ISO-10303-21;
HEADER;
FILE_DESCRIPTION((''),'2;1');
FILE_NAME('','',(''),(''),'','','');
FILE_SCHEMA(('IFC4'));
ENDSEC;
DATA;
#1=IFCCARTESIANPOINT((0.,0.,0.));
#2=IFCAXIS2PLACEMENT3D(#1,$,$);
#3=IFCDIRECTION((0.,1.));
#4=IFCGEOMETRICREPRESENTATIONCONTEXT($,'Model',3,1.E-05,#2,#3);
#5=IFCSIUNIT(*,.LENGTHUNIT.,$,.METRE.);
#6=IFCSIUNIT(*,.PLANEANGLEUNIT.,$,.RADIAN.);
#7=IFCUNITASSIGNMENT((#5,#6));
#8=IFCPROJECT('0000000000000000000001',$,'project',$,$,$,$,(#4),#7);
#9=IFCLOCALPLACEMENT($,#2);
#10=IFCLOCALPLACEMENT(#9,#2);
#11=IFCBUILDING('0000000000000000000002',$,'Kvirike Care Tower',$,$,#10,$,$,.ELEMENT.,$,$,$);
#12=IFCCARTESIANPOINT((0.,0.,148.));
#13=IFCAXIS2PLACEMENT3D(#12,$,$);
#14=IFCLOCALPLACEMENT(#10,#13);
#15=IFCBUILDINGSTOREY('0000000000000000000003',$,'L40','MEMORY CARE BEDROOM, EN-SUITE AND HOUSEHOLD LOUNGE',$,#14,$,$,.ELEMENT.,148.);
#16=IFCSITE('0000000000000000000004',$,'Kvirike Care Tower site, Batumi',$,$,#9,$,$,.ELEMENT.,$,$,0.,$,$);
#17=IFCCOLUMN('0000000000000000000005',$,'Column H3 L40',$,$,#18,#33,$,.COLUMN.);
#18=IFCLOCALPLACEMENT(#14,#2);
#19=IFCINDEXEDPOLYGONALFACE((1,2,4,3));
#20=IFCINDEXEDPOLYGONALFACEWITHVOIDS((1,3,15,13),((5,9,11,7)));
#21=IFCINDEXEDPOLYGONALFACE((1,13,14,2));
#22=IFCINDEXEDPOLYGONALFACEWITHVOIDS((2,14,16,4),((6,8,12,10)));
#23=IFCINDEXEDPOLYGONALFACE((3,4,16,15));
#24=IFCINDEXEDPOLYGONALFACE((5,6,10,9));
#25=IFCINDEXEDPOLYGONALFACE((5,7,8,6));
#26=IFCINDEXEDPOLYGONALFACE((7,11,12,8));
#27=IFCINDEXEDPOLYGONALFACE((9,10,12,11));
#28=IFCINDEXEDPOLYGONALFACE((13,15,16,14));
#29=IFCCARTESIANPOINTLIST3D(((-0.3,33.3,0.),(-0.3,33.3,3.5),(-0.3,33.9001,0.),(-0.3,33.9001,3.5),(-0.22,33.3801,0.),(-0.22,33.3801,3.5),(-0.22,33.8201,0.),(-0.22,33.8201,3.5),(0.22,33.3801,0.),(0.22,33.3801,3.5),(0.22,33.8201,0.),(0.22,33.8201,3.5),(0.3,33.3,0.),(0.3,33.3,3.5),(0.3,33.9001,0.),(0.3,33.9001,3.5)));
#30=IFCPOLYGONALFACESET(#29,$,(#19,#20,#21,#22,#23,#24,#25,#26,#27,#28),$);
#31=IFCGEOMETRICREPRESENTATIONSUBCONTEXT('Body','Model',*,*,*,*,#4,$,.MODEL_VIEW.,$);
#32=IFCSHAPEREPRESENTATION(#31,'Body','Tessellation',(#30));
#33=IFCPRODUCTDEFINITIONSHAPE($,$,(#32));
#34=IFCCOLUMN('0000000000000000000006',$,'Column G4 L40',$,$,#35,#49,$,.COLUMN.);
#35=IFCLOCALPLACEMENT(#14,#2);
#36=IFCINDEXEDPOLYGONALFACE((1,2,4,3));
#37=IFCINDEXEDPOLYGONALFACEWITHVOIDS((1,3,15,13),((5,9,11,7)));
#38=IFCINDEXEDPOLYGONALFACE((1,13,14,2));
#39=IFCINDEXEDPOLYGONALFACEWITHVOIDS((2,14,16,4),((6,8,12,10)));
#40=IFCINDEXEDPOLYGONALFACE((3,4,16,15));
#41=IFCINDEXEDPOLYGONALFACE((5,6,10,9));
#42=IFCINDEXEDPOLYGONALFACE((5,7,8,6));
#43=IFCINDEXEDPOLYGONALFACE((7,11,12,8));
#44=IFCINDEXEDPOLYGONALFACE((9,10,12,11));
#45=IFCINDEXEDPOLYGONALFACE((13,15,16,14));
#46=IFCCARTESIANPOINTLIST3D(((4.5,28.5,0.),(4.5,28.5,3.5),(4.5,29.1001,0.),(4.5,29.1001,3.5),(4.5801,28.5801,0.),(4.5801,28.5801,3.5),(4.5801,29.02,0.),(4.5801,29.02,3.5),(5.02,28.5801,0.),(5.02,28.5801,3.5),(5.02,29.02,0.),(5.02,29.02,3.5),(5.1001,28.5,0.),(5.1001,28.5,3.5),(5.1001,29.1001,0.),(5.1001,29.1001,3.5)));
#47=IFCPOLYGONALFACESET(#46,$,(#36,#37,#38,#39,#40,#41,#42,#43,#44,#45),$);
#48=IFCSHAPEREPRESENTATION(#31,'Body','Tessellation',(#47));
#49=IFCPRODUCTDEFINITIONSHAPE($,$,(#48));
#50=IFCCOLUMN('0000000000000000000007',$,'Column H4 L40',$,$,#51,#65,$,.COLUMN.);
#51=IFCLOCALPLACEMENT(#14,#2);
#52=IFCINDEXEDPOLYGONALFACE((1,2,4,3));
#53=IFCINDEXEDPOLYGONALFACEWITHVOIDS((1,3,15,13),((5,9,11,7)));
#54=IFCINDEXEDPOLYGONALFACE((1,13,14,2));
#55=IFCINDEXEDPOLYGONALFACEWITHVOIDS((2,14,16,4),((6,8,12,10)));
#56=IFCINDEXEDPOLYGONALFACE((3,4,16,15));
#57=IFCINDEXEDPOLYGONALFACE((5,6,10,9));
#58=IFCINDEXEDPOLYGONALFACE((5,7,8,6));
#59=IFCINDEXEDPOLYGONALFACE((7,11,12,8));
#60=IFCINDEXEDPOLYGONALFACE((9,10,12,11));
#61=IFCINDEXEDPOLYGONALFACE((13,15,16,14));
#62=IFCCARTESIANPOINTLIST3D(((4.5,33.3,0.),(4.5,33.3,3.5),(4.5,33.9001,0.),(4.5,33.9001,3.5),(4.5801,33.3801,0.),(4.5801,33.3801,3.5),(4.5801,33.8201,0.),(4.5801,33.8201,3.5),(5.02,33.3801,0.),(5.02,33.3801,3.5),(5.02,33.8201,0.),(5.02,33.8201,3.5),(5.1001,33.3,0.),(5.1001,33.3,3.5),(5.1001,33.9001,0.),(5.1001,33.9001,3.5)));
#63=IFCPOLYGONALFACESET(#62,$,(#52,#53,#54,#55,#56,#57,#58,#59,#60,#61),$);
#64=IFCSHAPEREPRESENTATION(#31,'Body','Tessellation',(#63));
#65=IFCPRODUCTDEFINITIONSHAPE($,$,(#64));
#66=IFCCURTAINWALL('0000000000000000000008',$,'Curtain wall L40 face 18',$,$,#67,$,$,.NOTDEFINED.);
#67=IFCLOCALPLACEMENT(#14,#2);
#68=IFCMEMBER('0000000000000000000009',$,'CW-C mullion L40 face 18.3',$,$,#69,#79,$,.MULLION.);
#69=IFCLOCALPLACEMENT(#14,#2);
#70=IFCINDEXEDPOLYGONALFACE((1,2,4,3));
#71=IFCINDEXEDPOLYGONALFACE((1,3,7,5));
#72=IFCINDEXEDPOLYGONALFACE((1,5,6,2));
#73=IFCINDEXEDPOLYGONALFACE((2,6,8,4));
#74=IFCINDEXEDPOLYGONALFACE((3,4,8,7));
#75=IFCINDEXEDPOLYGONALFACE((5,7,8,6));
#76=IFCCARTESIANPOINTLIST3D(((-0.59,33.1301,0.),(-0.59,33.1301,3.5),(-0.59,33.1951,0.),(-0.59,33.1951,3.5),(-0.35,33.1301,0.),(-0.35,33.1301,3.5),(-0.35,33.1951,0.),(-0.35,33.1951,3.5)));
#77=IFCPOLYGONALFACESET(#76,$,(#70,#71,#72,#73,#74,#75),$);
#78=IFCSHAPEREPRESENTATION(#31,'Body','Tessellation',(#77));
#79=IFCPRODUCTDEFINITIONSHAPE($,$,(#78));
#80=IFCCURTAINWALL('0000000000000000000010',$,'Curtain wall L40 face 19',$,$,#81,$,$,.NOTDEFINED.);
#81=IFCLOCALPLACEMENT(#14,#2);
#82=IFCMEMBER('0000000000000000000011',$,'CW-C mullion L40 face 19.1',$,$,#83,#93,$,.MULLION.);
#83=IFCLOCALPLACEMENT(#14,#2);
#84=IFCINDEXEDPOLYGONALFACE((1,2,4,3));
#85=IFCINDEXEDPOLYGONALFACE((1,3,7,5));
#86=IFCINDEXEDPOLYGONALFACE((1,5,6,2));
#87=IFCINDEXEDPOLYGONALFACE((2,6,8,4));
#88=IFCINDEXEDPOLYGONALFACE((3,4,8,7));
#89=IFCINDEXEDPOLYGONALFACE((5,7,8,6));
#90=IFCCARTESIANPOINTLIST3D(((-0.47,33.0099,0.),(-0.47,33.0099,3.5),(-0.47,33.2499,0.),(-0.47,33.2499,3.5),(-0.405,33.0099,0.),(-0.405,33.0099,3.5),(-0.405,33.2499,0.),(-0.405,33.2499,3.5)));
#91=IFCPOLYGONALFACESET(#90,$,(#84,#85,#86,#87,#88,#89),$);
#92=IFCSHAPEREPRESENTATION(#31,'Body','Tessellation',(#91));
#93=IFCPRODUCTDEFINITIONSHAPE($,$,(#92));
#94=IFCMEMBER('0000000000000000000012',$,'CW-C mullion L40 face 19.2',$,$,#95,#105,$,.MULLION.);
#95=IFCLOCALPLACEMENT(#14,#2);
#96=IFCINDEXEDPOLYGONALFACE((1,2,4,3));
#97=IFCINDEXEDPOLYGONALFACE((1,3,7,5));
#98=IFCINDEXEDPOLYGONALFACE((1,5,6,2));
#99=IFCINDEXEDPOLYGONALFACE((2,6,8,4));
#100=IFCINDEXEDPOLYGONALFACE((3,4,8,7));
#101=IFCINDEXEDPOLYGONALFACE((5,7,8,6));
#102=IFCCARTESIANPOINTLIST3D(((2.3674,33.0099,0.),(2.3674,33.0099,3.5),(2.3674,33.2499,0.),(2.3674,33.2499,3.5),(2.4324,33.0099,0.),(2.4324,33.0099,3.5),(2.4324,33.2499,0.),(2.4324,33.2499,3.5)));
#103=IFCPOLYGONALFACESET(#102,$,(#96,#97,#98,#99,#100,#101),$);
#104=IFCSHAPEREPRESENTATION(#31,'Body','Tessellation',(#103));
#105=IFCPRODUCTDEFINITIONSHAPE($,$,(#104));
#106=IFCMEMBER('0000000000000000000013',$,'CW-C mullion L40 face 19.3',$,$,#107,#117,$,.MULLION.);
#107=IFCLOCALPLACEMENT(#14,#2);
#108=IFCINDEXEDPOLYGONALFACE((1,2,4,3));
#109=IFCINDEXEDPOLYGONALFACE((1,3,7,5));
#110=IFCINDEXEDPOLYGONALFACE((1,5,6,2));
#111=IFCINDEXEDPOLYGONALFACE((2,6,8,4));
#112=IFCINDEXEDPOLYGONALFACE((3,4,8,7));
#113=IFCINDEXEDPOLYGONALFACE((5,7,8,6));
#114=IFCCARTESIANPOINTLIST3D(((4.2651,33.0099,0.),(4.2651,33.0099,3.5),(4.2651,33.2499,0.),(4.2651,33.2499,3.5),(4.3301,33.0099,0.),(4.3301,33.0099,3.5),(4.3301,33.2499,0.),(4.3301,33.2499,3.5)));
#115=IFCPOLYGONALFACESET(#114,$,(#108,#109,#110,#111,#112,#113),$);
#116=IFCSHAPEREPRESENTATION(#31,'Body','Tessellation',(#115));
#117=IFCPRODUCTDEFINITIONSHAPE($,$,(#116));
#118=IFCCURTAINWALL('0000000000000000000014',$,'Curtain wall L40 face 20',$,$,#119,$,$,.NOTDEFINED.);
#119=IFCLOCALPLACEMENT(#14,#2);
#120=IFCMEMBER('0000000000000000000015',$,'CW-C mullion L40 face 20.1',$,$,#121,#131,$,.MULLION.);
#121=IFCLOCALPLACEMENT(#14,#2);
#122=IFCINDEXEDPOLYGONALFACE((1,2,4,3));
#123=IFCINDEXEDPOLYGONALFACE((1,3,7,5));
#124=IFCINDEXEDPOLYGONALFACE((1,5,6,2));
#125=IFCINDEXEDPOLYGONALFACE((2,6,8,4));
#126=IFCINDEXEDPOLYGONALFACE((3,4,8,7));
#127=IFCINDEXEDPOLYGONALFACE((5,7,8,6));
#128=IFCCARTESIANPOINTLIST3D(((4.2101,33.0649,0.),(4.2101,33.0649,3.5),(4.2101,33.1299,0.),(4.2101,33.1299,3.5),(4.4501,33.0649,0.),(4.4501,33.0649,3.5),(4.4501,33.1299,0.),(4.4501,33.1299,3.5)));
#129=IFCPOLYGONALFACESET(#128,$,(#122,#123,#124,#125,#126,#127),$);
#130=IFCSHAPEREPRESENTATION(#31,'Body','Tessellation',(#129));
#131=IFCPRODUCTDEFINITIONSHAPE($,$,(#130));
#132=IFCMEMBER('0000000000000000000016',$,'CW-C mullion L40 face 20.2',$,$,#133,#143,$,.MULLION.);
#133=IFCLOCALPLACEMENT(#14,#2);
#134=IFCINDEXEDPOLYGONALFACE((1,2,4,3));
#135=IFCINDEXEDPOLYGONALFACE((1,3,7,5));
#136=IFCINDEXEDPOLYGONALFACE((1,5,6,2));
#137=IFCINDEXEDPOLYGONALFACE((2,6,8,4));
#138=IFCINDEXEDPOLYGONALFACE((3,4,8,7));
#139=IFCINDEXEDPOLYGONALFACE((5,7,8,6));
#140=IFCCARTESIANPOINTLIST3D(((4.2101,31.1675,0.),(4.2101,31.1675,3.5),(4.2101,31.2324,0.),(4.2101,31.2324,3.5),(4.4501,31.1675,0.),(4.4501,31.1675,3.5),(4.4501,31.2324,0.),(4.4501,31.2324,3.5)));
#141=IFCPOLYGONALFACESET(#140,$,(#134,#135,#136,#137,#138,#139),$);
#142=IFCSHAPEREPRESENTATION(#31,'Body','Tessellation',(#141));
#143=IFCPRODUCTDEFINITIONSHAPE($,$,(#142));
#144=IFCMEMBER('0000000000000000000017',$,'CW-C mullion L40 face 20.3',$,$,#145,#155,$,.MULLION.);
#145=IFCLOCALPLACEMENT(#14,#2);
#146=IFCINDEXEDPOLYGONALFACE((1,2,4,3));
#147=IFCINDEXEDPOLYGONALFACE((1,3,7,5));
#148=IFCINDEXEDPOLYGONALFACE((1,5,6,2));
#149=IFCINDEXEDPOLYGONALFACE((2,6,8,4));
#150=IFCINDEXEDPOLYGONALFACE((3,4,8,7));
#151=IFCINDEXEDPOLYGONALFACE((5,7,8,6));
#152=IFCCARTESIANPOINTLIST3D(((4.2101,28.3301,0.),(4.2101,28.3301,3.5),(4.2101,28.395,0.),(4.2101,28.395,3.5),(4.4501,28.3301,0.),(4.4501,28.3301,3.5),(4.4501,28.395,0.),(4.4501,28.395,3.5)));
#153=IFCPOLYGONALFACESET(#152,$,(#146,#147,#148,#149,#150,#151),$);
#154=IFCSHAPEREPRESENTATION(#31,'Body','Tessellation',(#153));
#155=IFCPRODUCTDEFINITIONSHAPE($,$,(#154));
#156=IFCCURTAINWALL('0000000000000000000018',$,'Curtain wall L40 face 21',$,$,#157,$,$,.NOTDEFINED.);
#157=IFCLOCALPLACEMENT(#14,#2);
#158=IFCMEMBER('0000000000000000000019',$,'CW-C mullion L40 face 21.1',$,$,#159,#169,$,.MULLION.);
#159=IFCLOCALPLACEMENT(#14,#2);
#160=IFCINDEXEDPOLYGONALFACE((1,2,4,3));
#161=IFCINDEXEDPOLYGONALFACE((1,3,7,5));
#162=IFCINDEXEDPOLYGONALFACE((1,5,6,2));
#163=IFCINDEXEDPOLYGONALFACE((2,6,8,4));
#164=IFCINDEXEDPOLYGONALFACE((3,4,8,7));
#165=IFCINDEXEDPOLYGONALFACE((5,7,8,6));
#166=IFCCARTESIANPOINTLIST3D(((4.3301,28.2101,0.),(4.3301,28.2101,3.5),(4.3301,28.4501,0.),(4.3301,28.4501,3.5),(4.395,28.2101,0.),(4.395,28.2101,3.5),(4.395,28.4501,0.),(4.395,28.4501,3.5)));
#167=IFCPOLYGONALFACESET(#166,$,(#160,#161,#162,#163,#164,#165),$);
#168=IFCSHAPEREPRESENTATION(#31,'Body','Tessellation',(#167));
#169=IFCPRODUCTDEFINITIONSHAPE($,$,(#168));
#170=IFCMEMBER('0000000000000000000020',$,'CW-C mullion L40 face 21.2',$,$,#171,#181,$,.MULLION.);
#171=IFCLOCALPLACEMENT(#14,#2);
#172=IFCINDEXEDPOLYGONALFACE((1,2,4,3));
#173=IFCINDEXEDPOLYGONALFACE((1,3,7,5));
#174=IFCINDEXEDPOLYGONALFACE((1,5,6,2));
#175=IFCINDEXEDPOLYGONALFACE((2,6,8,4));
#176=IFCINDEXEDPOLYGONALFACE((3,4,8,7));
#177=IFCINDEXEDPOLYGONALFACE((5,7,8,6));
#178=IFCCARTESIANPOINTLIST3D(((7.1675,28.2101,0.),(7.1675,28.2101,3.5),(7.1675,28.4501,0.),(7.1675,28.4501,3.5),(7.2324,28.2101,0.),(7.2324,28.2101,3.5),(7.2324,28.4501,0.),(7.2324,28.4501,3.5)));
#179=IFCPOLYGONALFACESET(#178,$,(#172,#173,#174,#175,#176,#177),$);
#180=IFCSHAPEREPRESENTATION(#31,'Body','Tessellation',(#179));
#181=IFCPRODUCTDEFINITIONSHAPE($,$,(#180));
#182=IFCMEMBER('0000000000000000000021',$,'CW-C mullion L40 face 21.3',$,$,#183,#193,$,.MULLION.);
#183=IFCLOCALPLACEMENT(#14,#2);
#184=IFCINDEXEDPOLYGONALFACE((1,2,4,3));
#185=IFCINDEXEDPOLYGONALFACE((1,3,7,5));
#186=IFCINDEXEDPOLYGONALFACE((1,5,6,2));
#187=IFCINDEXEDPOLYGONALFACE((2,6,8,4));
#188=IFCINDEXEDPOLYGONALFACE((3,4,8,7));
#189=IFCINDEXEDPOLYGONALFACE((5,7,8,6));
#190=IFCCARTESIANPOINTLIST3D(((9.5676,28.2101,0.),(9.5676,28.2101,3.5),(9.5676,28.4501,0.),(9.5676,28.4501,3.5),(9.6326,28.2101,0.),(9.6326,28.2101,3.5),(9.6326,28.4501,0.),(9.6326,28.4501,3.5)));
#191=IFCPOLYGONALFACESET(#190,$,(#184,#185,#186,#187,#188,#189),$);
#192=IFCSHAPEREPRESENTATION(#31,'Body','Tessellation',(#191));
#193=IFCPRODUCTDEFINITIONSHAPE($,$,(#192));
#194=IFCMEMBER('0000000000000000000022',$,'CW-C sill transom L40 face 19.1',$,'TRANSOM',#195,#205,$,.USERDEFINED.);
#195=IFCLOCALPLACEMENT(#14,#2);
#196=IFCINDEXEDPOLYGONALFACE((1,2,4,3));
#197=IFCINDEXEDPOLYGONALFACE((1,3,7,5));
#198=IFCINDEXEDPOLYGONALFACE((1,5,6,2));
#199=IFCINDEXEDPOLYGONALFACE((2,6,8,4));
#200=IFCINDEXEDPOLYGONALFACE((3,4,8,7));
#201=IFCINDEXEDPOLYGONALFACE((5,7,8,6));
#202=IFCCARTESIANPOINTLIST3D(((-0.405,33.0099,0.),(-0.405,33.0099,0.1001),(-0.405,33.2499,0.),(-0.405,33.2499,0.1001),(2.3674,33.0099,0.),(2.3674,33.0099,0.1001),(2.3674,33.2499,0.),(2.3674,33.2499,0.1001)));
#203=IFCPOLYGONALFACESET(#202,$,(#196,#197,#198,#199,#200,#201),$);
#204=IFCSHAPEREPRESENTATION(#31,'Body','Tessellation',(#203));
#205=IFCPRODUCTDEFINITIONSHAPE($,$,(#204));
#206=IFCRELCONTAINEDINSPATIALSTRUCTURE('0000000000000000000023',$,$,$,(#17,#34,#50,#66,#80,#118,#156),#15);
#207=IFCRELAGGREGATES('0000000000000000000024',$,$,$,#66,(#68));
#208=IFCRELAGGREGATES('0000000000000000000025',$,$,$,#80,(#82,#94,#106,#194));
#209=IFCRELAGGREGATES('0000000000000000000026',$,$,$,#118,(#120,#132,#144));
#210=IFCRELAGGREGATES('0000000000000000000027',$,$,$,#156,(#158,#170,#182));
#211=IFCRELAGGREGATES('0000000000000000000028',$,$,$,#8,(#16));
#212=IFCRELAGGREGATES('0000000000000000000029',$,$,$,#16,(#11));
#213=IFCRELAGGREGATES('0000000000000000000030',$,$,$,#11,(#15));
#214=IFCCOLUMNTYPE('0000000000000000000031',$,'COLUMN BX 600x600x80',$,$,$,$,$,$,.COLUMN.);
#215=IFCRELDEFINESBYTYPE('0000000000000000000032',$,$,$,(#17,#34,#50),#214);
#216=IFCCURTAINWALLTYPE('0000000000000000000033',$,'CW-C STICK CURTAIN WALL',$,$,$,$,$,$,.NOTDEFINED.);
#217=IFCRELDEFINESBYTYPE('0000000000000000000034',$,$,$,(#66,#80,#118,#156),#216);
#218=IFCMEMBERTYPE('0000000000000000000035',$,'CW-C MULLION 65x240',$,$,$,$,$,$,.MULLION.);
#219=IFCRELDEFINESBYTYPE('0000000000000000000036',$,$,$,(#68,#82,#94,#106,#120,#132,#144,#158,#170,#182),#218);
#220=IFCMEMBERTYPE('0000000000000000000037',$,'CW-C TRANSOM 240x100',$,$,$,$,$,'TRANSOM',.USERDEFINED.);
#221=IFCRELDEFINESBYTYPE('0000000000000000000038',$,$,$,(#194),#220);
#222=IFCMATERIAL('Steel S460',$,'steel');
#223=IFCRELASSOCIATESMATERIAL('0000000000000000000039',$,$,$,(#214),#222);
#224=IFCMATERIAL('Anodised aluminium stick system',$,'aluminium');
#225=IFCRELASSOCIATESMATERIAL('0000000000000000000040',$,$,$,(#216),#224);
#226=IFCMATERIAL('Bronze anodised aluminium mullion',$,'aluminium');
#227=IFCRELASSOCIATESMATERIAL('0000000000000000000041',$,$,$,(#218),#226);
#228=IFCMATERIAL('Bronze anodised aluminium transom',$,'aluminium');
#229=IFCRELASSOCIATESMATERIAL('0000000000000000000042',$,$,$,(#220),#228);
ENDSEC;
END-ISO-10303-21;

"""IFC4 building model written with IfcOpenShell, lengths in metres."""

from ifc_helpers import new_model, si_unit, direction, frame, origin, origin_2d, place, context, subcontext, project, spatial, rectangle, hollow_rectangle, extrude, material, material_profile, profile_set, type_object, element, aggregate, save


model = new_model("IFC4")

# Units and contexts
model_context = context("Model", 3, precision=1e-05, world=origin(), true_north=direction((0.0, 1.0)))
body_context = subcontext(model_context, "Body", "Model", "MODEL_VIEW")
ifc_project = project(units=[si_unit("LENGTHUNIT", "METRE"), si_unit("PLANEANGLEUNIT", "RADIAN")], contexts=[model_context])

# Site, building, storey
site_placement = place(None, origin())
site = spatial("IfcSite", under=ifc_project, at=site_placement, Name="Kvirike Care Tower site, Batumi", CompositionType="ELEMENT", RefElevation=0.0)
building_placement = place(site_placement, origin())
building = spatial("IfcBuilding", under=site, at=building_placement, Name="Kvirike Care Tower", CompositionType="ELEMENT")
storey_placement = place(building_placement, frame((0.0, 0.0, 148.0)))
storey = spatial("IfcBuildingStorey", under=building, at=storey_placement, Name="L40", Description="MEMORY CARE BEDROOM, EN-SUITE AND HOUSEHOLD LOUNGE", CompositionType="ELEMENT", Elevation=148.0)

# Columns
ifc_material_1 = material(Name="Steel S460", Category="steel")
ifc_material_profile_1 = material_profile(ifc_material_1, hollow_rectangle(XDim=0.6001, YDim=0.6001, WallThickness=0.0801, at=origin_2d()), Name="BX 600x600x80")
ifc_profile_set_1 = profile_set([ifc_material_profile_1], Name="Steel S460")
column_type = type_object("IfcColumnType", Name="COLUMN BX 600x600x80", PredefinedType="COLUMN", material=ifc_profile_set_1)
for number, where, z_axis, x_axis, name in (
    (1, (0.0, 33.6001, 0.0), (0.0, 0.0, 1.0), (0.0, 1.0, 0.0), "Column H3 L40"),
    (2, (4.8, 28.8, 0.0), (0.0, 0.0, 1.0), (0.0, 1.0, 0.0), "Column G4 L40"),
    (3, (4.8, 33.6001, 0.0), (0.0, 0.0, 1.0), (0.0, 1.0, 0.0), "Column H4 L40"),
):
    element("IfcColumn", number, at=place(storey_placement, frame(where, z_axis=z_axis, x_axis=x_axis)), inside=storey, type_object=column_type, Name=name, PredefinedType="COLUMN", context=body_context, shape_type="SweptSolid", body=[
        extrude(hollow_rectangle(XDim=0.6001, YDim=0.6001, WallThickness=0.0801, at=origin_2d()), origin(), (0.0, 0.0, 1.0), 3.5),
    ])

# Curtain wall, member
ifc_material_2 = material(Name="Anodised aluminium stick system", Category="aluminium")
curtain_wall_type = type_object("IfcCurtainWallType", Name="CW-C STICK CURTAIN WALL", PredefinedType="NOTDEFINED", material=ifc_material_2)
curtain_wall_1_placement = place(storey_placement, origin())
curtain_wall_1 = element("IfcCurtainWall", 4, at=curtain_wall_1_placement, inside=storey, type_object=curtain_wall_type, Name="Curtain wall L40 face 18", PredefinedType="NOTDEFINED")
ifc_material_3 = material(Name="Bronze anodised aluminium mullion", Category="aluminium")
ifc_material_profile_2 = material_profile(ifc_material_3, rectangle(XDim=0.0649, YDim=0.24, at=origin_2d()), Name="CW-C MULLION 65x240")
ifc_profile_set_2 = profile_set([ifc_material_profile_2], Name="Bronze anodised aluminium mullion")
member_type_1 = type_object("IfcMemberType", Name="CW-C MULLION 65x240", PredefinedType="MULLION", material=ifc_profile_set_2)
member_1_placement = place(storey_placement, frame((-0.47, 33.1626, 0.0), z_axis=(0.0, 0.0, 1.0), x_axis=(0.0, -1.0, 0.0)))
member_1 = element("IfcMember", 5, at=member_1_placement, type_object=member_type_1, Name="CW-C mullion L40 face 18.3", PredefinedType="MULLION", context=body_context, shape_type="SweptSolid", body=[
    extrude(rectangle(XDim=0.0649, YDim=0.24, at=origin_2d()), origin(), (0.0, 0.0, 1.0), 3.5),
])
aggregate(curtain_wall_1, [member_1])

# Curtain walls, members
curtain_wall_2_placement = place(storey_placement, origin())
curtain_wall_2 = element("IfcCurtainWall", 6, at=curtain_wall_2_placement, inside=storey, type_object=curtain_wall_type, Name="Curtain wall L40 face 19", PredefinedType="NOTDEFINED")
member_2_placement = place(storey_placement, frame((-0.4375, 33.1299, 0.0), z_axis=(0.0, 0.0, 1.0), x_axis=(1.0, 0.0, 0.0)))
member_2 = element("IfcMember", 7, at=member_2_placement, type_object=member_type_1, Name="CW-C mullion L40 face 19.1", PredefinedType="MULLION", context=body_context, shape_type="SweptSolid", body=[
    extrude(rectangle(XDim=0.0649, YDim=0.24, at=origin_2d()), origin(), (0.0, 0.0, 1.0), 3.5),
])
member_3_placement = place(storey_placement, frame((2.3999, 33.1299, 0.0), z_axis=(0.0, 0.0, 1.0), x_axis=(1.0, 0.0, 0.0)))
member_3 = element("IfcMember", 8, at=member_3_placement, type_object=member_type_1, Name="CW-C mullion L40 face 19.2", PredefinedType="MULLION", context=body_context, shape_type="SweptSolid", body=[
    extrude(rectangle(XDim=0.0649, YDim=0.24, at=origin_2d()), origin(), (0.0, 0.0, 1.0), 3.5),
])
member_4_placement = place(storey_placement, frame((4.2976, 33.1299, 0.0), z_axis=(0.0, 0.0, 1.0), x_axis=(1.0, 0.0, 0.0)))
member_4 = element("IfcMember", 9, at=member_4_placement, type_object=member_type_1, Name="CW-C mullion L40 face 19.3", PredefinedType="MULLION", context=body_context, shape_type="SweptSolid", body=[
    extrude(rectangle(XDim=0.0649, YDim=0.24, at=origin_2d()), origin(), (0.0, 0.0, 1.0), 3.5),
])
curtain_wall_3_placement = place(storey_placement, origin())
curtain_wall_3 = element("IfcCurtainWall", 10, at=curtain_wall_3_placement, inside=storey, type_object=curtain_wall_type, Name="Curtain wall L40 face 20", PredefinedType="NOTDEFINED")
member_5_placement = place(storey_placement, frame((4.3301, 33.0974, 0.0), z_axis=(0.0, 0.0, 1.0), x_axis=(0.0, -1.0, 0.0)))
member_5 = element("IfcMember", 11, at=member_5_placement, type_object=member_type_1, Name="CW-C mullion L40 face 20.1", PredefinedType="MULLION", context=body_context, shape_type="SweptSolid", body=[
    extrude(rectangle(XDim=0.0649, YDim=0.24, at=origin_2d()), origin(), (0.0, 0.0, 1.0), 3.5),
])
member_6_placement = place(storey_placement, frame((4.3301, 31.2, 0.0), z_axis=(0.0, 0.0, 1.0), x_axis=(0.0, -1.0, 0.0)))
member_6 = element("IfcMember", 12, at=member_6_placement, type_object=member_type_1, Name="CW-C mullion L40 face 20.2", PredefinedType="MULLION", context=body_context, shape_type="SweptSolid", body=[
    extrude(rectangle(XDim=0.0649, YDim=0.24, at=origin_2d()), origin(), (0.0, 0.0, 1.0), 3.5),
])
member_7_placement = place(storey_placement, frame((4.3301, 28.3625, 0.0), z_axis=(0.0, 0.0, 1.0), x_axis=(0.0, -1.0, 0.0)))
member_7 = element("IfcMember", 13, at=member_7_placement, type_object=member_type_1, Name="CW-C mullion L40 face 20.3", PredefinedType="MULLION", context=body_context, shape_type="SweptSolid", body=[
    extrude(rectangle(XDim=0.0649, YDim=0.24, at=origin_2d()), origin(), (0.0, 0.0, 1.0), 3.5),
])
curtain_wall_4_placement = place(storey_placement, origin())
curtain_wall_4 = element("IfcCurtainWall", 14, at=curtain_wall_4_placement, inside=storey, type_object=curtain_wall_type, Name="Curtain wall L40 face 21", PredefinedType="NOTDEFINED")
member_8_placement = place(storey_placement, frame((4.3625, 28.3301, 0.0), z_axis=(0.0, 0.0, 1.0), x_axis=(1.0, 0.0, 0.0)))
member_8 = element("IfcMember", 15, at=member_8_placement, type_object=member_type_1, Name="CW-C mullion L40 face 21.1", PredefinedType="MULLION", context=body_context, shape_type="SweptSolid", body=[
    extrude(rectangle(XDim=0.0649, YDim=0.24, at=origin_2d()), origin(), (0.0, 0.0, 1.0), 3.5),
])
member_9_placement = place(storey_placement, frame((7.2, 28.3301, 0.0), z_axis=(0.0, 0.0, 1.0), x_axis=(1.0, 0.0, 0.0)))
member_9 = element("IfcMember", 16, at=member_9_placement, type_object=member_type_1, Name="CW-C mullion L40 face 21.2", PredefinedType="MULLION", context=body_context, shape_type="SweptSolid", body=[
    extrude(rectangle(XDim=0.0649, YDim=0.24, at=origin_2d()), origin(), (0.0, 0.0, 1.0), 3.5),
])
member_10_placement = place(storey_placement, frame((9.6001, 28.3301, 0.0), z_axis=(0.0, 0.0, 1.0), x_axis=(1.0, 0.0, 0.0)))
member_10 = element("IfcMember", 17, at=member_10_placement, type_object=member_type_1, Name="CW-C mullion L40 face 21.3", PredefinedType="MULLION", context=body_context, shape_type="SweptSolid", body=[
    extrude(rectangle(XDim=0.0649, YDim=0.24, at=origin_2d()), origin(), (0.0, 0.0, 1.0), 3.5),
])

# Member
ifc_material_4 = material(Name="Bronze anodised aluminium transom", Category="aluminium")
ifc_material_profile_3 = material_profile(ifc_material_4, rectangle(XDim=0.24, YDim=0.1001, at=origin_2d()), Name="CW-C TRANSOM 240x100")
ifc_profile_set_3 = profile_set([ifc_material_profile_3], Name="Bronze anodised aluminium transom")
member_type_2 = type_object("IfcMemberType", Name="CW-C TRANSOM 240x100", ElementType="TRANSOM", PredefinedType="USERDEFINED", material=ifc_profile_set_3)
member_11_placement = place(storey_placement, frame((-0.405, 33.1299, 0.05), z_axis=(1.0, 0.0, 0.0), x_axis=(0.0, 1.0, 0.0)))
member_11 = element("IfcMember", 18, at=member_11_placement, type_object=member_type_2, Name="CW-C sill transom L40 face 19.1", ObjectType="TRANSOM", PredefinedType="USERDEFINED", context=body_context, shape_type="SweptSolid", body=[
    extrude(rectangle(XDim=0.24, YDim=0.1001, at=origin_2d()), origin(), (0.0, 0.0, 1.0), 2.7725),
])

aggregate(curtain_wall_2, [member_2, member_3, member_4, member_11])
aggregate(curtain_wall_3, [member_5, member_6, member_7])
aggregate(curtain_wall_4, [member_8, member_9, member_10])

save(model, "model.ifc")
